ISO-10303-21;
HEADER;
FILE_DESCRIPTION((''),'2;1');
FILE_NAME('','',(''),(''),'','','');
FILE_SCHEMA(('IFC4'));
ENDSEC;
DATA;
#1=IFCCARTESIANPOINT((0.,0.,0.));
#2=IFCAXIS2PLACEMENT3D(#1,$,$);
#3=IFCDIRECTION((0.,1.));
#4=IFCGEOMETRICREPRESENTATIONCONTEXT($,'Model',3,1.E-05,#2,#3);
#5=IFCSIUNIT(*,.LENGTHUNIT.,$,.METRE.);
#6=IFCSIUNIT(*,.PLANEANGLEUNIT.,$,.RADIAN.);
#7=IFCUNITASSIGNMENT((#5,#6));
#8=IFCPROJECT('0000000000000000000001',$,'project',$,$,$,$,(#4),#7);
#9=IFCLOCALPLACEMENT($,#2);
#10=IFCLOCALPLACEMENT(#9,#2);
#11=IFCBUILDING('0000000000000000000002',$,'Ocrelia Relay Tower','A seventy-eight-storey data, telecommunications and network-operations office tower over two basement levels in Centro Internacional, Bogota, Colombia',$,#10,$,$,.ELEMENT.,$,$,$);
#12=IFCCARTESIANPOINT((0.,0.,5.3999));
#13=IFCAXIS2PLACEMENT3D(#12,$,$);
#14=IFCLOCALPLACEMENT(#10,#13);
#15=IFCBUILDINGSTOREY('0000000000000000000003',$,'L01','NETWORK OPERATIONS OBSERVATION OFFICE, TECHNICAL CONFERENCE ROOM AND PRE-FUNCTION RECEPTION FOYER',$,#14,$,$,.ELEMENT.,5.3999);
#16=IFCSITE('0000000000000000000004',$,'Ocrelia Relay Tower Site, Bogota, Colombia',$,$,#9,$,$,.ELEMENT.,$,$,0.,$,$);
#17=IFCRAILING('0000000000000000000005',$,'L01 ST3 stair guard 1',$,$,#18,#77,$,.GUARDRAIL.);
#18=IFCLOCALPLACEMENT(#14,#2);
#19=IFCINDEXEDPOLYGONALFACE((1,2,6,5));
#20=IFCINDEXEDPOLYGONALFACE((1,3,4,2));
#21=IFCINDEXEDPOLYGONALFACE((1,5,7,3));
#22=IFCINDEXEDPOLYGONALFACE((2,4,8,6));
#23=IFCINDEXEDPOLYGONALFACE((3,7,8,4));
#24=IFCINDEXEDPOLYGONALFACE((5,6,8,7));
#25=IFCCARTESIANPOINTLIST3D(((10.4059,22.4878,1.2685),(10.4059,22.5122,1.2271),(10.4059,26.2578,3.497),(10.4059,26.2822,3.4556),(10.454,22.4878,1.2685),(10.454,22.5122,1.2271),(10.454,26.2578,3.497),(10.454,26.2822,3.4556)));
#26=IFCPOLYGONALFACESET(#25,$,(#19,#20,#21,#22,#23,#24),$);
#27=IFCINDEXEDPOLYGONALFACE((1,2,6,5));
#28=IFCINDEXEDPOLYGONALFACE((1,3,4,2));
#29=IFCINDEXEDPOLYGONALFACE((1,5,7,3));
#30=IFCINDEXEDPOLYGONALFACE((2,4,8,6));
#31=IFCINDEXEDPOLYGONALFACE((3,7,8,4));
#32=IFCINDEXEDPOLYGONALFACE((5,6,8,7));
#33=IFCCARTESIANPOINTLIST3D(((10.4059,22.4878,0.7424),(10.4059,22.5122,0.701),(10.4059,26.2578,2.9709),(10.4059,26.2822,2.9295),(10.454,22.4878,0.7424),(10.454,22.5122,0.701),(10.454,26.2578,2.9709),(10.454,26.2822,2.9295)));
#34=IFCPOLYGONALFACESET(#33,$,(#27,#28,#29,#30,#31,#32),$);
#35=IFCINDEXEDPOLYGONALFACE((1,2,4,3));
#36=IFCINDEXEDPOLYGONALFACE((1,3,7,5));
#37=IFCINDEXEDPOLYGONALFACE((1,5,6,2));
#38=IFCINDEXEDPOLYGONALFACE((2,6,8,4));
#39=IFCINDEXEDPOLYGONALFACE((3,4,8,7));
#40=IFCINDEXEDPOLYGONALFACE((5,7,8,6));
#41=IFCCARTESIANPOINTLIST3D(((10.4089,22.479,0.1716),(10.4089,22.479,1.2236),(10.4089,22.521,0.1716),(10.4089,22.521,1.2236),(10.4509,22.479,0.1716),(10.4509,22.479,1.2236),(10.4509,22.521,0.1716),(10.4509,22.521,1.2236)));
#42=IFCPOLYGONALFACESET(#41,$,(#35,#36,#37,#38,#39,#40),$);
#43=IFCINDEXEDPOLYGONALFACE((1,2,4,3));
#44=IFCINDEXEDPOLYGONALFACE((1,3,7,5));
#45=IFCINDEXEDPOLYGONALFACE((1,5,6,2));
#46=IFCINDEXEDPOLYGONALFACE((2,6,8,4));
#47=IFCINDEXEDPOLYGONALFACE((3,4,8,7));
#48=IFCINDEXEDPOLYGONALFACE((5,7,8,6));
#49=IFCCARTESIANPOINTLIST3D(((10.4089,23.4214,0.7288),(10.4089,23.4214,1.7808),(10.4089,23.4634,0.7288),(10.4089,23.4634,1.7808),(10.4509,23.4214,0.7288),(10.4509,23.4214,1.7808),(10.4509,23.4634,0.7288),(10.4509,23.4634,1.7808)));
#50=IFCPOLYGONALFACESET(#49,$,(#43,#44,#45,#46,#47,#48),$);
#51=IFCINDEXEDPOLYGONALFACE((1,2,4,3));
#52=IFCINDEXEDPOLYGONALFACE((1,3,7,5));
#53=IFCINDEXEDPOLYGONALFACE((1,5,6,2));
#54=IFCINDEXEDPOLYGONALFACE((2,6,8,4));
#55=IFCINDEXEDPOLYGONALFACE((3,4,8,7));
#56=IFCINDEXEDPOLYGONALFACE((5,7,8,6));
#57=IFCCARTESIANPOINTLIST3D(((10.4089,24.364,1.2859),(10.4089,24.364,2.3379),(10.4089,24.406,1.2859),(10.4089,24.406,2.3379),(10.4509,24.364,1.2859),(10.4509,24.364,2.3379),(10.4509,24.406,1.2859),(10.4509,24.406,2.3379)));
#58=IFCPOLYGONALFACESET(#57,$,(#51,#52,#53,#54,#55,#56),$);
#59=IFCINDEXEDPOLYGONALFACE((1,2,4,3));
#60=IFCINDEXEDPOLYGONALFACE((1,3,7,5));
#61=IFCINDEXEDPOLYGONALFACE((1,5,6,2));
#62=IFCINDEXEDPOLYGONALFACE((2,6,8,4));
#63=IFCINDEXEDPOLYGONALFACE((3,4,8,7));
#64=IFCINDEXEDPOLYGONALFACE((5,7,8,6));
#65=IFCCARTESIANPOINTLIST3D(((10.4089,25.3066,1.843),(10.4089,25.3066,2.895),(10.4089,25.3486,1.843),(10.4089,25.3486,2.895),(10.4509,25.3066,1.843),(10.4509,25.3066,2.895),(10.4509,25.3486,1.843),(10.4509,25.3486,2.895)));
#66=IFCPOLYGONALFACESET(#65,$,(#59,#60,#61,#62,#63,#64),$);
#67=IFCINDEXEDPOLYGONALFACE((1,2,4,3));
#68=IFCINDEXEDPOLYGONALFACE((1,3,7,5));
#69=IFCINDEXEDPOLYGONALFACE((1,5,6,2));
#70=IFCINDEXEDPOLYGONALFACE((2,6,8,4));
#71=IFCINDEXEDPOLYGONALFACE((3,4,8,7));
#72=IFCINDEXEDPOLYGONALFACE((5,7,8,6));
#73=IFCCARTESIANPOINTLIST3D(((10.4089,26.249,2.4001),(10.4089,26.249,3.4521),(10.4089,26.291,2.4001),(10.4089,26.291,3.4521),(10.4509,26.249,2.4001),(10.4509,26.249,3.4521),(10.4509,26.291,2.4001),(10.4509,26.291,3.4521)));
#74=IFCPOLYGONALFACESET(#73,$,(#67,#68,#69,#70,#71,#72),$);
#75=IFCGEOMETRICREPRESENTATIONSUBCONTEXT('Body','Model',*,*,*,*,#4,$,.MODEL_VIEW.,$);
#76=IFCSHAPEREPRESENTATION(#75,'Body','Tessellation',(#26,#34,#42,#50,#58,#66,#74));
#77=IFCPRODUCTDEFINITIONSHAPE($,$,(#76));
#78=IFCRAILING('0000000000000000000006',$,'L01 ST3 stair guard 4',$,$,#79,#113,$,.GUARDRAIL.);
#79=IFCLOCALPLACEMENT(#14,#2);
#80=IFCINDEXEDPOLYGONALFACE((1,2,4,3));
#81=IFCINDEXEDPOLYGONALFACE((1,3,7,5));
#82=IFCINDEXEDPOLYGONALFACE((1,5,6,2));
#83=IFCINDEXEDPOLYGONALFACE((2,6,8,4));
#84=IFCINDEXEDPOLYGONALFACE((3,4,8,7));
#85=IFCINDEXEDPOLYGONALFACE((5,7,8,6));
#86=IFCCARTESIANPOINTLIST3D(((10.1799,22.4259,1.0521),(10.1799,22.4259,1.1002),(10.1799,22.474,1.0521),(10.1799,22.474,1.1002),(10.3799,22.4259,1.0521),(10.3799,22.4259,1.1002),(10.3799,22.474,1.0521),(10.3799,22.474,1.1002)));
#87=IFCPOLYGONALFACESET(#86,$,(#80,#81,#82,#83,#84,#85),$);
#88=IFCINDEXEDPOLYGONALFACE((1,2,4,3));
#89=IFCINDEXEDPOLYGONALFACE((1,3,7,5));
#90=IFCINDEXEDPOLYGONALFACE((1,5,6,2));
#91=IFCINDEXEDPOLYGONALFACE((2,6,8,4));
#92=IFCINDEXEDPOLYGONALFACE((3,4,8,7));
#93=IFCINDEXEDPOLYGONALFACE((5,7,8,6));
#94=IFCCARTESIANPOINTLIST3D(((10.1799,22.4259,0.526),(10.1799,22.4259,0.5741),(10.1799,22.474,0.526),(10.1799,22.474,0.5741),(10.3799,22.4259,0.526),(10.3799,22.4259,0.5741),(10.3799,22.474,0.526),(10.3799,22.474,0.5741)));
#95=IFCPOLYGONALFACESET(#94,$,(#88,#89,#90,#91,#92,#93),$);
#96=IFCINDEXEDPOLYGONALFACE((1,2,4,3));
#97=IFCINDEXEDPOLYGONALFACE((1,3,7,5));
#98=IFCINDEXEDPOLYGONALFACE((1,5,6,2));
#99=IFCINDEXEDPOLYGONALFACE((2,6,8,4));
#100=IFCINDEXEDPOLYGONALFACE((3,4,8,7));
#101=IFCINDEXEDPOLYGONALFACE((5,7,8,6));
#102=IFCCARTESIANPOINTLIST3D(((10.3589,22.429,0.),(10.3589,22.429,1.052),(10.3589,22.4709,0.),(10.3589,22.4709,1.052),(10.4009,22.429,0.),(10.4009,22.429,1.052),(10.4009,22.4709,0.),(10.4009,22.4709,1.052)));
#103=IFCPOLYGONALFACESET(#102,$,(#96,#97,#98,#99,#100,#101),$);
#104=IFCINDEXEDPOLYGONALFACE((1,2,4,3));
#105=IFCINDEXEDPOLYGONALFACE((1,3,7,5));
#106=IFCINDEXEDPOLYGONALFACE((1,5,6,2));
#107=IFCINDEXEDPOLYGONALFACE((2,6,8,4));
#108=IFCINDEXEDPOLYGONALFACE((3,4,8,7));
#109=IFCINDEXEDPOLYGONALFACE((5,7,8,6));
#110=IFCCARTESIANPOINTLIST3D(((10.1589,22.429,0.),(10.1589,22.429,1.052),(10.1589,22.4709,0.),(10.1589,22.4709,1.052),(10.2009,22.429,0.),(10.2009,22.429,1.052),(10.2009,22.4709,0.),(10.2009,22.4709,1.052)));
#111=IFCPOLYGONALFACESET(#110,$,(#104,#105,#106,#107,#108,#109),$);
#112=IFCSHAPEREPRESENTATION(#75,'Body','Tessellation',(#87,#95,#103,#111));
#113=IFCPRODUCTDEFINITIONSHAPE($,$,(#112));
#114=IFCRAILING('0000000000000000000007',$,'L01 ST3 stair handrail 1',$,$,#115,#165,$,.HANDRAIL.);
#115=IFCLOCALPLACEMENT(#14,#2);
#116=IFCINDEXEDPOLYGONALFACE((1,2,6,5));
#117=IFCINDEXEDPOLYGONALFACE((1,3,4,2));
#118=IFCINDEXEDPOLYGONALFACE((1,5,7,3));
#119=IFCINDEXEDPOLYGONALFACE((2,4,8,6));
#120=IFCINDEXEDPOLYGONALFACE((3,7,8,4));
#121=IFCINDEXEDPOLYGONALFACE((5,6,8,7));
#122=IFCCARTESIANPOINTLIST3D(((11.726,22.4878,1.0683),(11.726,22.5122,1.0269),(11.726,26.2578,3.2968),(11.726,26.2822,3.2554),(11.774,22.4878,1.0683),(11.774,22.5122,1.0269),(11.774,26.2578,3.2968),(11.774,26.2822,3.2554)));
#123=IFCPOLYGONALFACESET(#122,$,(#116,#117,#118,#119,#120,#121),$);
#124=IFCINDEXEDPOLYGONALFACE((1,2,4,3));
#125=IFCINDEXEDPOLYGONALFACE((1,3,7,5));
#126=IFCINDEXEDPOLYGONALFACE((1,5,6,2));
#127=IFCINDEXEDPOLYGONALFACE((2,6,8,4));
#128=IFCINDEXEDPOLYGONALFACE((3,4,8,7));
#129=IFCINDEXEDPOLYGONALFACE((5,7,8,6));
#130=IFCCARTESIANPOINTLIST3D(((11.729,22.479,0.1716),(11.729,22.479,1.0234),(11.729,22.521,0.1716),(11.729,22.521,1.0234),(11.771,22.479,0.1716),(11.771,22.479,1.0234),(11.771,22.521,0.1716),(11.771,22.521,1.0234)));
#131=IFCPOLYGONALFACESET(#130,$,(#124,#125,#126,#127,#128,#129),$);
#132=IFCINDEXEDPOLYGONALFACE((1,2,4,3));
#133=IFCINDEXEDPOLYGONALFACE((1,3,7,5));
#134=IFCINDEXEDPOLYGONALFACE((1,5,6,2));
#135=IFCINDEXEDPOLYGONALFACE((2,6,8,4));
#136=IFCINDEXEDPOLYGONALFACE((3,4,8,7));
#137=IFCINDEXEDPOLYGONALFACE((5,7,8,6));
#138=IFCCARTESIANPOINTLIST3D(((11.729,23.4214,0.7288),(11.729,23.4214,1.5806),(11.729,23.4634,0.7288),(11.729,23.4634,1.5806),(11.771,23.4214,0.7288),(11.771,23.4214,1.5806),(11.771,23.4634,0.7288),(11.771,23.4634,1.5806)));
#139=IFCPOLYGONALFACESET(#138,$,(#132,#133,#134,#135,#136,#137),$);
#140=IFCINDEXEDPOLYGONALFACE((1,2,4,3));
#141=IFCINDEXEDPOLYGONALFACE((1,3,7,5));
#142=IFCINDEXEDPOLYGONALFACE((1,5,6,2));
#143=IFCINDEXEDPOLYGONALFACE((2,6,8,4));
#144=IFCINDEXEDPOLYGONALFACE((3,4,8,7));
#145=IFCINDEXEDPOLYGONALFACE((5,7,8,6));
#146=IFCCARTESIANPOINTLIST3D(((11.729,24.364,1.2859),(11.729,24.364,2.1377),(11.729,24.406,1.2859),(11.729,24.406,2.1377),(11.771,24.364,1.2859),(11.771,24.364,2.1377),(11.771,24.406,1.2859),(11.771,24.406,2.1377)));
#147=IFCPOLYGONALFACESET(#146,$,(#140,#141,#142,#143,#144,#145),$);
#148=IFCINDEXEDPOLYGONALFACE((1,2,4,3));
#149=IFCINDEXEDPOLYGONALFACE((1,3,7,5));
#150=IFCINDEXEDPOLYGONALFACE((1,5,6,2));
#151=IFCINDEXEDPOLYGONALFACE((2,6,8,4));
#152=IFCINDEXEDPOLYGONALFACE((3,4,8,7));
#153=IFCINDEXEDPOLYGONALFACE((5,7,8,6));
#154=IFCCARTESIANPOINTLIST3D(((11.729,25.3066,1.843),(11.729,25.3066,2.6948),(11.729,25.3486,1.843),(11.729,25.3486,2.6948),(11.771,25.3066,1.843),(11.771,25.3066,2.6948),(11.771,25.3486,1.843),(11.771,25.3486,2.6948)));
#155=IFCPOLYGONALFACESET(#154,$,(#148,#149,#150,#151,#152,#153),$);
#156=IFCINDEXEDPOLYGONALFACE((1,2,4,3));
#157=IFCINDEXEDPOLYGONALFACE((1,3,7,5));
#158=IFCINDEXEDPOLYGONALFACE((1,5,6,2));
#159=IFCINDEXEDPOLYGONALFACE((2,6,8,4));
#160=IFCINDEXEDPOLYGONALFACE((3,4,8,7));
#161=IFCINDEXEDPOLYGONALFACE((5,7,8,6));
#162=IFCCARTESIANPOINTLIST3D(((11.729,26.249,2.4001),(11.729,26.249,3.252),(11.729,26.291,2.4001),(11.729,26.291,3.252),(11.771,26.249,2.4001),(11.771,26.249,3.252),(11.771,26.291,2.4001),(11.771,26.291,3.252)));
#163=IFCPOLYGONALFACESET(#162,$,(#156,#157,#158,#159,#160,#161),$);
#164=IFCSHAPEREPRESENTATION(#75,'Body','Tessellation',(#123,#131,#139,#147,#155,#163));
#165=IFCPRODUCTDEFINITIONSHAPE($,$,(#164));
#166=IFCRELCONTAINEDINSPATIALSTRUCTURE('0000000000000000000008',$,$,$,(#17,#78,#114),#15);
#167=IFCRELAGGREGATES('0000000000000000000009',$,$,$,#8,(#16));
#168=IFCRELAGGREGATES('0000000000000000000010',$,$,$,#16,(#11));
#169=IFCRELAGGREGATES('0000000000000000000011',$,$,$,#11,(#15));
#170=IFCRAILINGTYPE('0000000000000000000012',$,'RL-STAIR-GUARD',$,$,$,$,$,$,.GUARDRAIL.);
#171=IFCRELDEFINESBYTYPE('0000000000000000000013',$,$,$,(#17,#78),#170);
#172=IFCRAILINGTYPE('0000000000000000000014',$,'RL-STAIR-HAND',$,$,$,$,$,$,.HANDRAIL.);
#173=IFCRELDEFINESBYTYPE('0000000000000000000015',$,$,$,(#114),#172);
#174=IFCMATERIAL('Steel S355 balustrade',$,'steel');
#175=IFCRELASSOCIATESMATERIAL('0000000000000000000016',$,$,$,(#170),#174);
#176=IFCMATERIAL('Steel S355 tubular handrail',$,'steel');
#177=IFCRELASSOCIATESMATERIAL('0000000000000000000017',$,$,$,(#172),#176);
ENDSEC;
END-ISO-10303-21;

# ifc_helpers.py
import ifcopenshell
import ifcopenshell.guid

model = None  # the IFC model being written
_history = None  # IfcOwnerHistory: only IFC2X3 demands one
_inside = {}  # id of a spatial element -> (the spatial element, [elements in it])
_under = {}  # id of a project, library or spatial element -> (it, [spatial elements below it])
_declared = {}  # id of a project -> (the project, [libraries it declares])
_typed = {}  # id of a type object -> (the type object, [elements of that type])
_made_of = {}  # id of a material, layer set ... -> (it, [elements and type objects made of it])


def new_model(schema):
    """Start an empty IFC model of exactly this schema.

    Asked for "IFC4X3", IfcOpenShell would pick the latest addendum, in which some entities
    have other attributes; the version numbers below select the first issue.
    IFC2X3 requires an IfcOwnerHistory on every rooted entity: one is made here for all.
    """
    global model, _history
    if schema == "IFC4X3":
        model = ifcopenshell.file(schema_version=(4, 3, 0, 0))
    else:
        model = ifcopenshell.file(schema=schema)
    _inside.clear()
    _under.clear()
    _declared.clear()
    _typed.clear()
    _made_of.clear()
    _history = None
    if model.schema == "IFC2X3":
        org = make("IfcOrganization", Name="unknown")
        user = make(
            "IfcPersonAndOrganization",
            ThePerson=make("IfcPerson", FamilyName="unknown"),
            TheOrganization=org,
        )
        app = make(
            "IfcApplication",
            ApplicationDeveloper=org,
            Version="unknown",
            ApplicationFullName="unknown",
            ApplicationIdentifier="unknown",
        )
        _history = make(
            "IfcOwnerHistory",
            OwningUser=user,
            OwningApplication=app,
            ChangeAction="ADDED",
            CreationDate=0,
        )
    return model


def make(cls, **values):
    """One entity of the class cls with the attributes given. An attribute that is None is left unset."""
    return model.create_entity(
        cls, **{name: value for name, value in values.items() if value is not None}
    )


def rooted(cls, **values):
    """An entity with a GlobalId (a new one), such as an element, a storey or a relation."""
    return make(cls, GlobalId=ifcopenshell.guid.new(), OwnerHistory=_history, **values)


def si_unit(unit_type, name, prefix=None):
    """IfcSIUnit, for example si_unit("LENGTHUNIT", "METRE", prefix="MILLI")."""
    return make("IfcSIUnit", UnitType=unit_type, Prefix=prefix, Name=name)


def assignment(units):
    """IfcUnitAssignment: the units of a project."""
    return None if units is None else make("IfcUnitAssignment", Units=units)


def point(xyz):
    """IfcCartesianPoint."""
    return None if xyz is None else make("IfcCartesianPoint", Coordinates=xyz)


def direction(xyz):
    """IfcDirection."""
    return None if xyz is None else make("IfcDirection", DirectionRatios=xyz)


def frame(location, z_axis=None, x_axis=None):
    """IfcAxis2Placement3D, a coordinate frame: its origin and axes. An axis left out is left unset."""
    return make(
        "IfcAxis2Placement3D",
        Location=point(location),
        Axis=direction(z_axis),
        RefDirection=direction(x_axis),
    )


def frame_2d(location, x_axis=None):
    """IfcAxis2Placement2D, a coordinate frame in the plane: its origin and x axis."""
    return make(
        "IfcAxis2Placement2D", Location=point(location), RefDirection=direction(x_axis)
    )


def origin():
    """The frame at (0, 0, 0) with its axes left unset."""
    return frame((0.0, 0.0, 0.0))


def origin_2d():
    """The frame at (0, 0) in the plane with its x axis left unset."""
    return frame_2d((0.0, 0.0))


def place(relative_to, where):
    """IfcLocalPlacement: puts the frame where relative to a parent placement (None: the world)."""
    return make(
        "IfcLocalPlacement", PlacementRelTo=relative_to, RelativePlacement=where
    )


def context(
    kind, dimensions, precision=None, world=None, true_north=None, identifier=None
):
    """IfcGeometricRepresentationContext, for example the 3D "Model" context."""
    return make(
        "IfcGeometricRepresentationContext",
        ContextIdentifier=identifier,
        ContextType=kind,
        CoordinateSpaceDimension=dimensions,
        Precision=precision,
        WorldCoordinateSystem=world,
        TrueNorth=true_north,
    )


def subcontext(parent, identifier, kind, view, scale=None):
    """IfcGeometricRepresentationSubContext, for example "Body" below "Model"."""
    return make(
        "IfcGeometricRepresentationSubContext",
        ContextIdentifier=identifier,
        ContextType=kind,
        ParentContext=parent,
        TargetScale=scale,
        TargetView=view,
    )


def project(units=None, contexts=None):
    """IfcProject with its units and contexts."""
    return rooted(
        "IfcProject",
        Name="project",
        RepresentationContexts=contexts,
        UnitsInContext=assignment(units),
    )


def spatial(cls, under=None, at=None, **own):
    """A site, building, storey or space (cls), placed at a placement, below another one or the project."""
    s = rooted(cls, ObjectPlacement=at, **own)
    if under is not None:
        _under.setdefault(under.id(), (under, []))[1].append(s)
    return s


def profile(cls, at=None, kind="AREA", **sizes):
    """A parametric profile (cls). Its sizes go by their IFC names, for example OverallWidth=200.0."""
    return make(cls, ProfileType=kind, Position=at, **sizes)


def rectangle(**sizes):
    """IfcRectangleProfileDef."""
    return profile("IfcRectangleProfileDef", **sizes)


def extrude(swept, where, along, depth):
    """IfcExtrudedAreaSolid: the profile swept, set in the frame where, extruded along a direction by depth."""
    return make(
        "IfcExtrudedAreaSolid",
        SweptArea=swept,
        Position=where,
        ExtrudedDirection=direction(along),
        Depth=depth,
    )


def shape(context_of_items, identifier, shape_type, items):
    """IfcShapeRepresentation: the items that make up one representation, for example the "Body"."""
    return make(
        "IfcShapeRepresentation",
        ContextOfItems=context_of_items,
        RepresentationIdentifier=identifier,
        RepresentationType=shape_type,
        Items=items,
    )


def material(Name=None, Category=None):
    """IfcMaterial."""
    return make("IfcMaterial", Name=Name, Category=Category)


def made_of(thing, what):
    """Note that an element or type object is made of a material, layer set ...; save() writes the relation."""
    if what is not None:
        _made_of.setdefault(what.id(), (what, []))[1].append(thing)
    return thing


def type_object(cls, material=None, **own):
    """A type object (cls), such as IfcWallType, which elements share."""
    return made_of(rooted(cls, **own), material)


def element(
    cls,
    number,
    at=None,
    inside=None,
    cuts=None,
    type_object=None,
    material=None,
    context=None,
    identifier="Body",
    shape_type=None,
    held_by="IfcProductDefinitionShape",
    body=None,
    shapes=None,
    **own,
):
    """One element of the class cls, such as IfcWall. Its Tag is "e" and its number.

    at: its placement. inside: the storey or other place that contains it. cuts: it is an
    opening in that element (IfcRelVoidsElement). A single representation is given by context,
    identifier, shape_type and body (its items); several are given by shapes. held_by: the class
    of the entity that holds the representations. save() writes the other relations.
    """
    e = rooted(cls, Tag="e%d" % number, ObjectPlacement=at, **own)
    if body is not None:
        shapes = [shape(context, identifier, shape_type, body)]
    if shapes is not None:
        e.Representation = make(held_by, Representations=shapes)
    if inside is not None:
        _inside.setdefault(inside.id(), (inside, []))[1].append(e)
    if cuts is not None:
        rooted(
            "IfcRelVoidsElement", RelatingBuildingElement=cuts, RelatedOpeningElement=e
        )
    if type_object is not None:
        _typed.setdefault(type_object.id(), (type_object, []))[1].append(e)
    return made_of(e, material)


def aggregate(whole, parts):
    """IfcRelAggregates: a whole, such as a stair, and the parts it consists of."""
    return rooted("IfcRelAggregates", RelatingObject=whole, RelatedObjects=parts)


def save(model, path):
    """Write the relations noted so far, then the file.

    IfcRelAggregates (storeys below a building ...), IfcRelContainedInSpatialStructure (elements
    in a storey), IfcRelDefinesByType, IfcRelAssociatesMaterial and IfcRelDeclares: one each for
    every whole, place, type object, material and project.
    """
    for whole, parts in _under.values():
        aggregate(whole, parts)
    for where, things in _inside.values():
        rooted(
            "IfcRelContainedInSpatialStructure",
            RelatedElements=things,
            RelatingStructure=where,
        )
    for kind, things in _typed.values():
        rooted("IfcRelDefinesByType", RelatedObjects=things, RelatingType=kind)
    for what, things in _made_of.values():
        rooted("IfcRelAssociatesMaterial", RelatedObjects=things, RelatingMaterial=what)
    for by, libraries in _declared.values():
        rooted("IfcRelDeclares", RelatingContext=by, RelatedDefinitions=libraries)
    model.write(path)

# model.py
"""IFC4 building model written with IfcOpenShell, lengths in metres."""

from ifc_helpers import new_model, si_unit, direction, frame, origin, origin_2d, place, context, subcontext, project, spatial, rectangle, extrude, material, type_object, element, save


model = new_model("IFC4")

# Units and contexts
model_context = context("Model", 3, precision=1e-05, world=origin(), true_north=direction((0.0, 1.0)))
body_context = subcontext(model_context, "Body", "Model", "MODEL_VIEW")
ifc_project = project(units=[si_unit("LENGTHUNIT", "METRE"), si_unit("PLANEANGLEUNIT", "RADIAN")], contexts=[model_context])

# Site, building, storey
site_placement = place(None, origin())
site = spatial("IfcSite", under=ifc_project, at=site_placement, Name="Ocrelia Relay Tower Site, Bogota, Colombia", CompositionType="ELEMENT", RefElevation=0.0)
building_placement = place(site_placement, origin())
building = spatial("IfcBuilding", under=site, at=building_placement, Name="Ocrelia Relay Tower", Description="A seventy-eight-storey data, telecommunications and network-operations office tower over two basement levels in Centro Internacional, Bogota, Colombia", CompositionType="ELEMENT")
storey_placement = place(building_placement, frame((0.0, 0.0, 5.3999)))
storey = spatial("IfcBuildingStorey", under=building, at=storey_placement, Name="L01", Description="NETWORK OPERATIONS OBSERVATION OFFICE, TECHNICAL CONFERENCE ROOM AND PRE-FUNCTION RECEPTION FOYER", CompositionType="ELEMENT", Elevation=5.3999)

# Railings
ifc_material_1 = material(Name="Steel S355 balustrade", Category="steel")
railing_type_1 = type_object("IfcRailingType", Name="RL-STAIR-GUARD", PredefinedType="GUARDRAIL", material=ifc_material_1)
railing_1_placement = place(storey_placement, frame((10.4299, 22.5, 0.1716)))
element("IfcRailing", 1, at=railing_1_placement, inside=storey, type_object=railing_type_1, Name="L01 ST3 stair guard 1", PredefinedType="GUARDRAIL", context=body_context, shape_type="SweptSolid", body=[
    extrude(rectangle(XDim=0.0481, YDim=0.0481, at=origin_2d()), frame((0.0, 0.0, 1.0762), z_axis=(0.0, 0.860849, 0.508861), x_axis=(-1.0, 0.0, 0.0)), (0.0, 0.0, 1.0), 4.3794),
    extrude(rectangle(XDim=0.0481, YDim=0.0481, at=origin_2d()), frame((0.0, 0.0, 0.55), z_axis=(0.0, 0.860849, 0.508861), x_axis=(-1.0, 0.0, 0.0)), (0.0, 0.0, 1.0), 4.3794),
    extrude(rectangle(XDim=0.042, YDim=0.042, at=origin_2d()), origin(), (0.0, 0.0, 1.0), 1.052),
    extrude(rectangle(XDim=0.042, YDim=0.042, at=origin_2d()), frame((0.0, 0.9424, 0.5571)), (0.0, 0.0, 1.0), 1.052),
    extrude(rectangle(XDim=0.042, YDim=0.042, at=origin_2d()), frame((0.0, 1.885, 1.1143)), (0.0, 0.0, 1.0), 1.052),
    extrude(rectangle(XDim=0.042, YDim=0.042, at=origin_2d()), frame((0.0, 2.8276, 1.6714)), (0.0, 0.0, 1.0), 1.052),
    extrude(rectangle(XDim=0.042, YDim=0.042, at=origin_2d()), frame((0.0, 3.77, 2.2285)), (0.0, 0.0, 1.0), 1.052),
])
railing_2_placement = place(storey_placement, frame((10.3799, 22.45, 0.0)))
element("IfcRailing", 2, at=railing_2_placement, inside=storey, type_object=railing_type_1, Name="L01 ST3 stair guard 4", PredefinedType="GUARDRAIL", context=body_context, shape_type="SweptSolid", body=[
    extrude(rectangle(XDim=0.0481, YDim=0.0481, at=origin_2d()), frame((0.0, 0.0, 1.0762), z_axis=(-1.0, 0.0, 0.0), x_axis=(0.0, -1.0, 0.0)), (0.0, 0.0, 1.0), 0.2),
    extrude(rectangle(XDim=0.0481, YDim=0.0481, at=origin_2d()), frame((0.0, 0.0, 0.55), z_axis=(-1.0, 0.0, 0.0), x_axis=(0.0, -1.0, 0.0)), (0.0, 0.0, 1.0), 0.2),
    extrude(rectangle(XDim=0.042, YDim=0.042, at=origin_2d()), origin(), (0.0, 0.0, 1.0), 1.052),
    extrude(rectangle(XDim=0.042, YDim=0.042, at=origin_2d()), frame((-0.2, 0.0, 0.0)), (0.0, 0.0, 1.0), 1.052),
])
ifc_material_2 = material(Name="Steel S355 tubular handrail", Category="steel")
railing_type_2 = type_object("IfcRailingType", Name="RL-STAIR-HAND", PredefinedType="HANDRAIL", material=ifc_material_2)
railing_3_placement = place(storey_placement, frame((11.75, 22.5, 0.1716)))
element("IfcRailing", 3, at=railing_3_placement, inside=storey, type_object=railing_type_2, Name="L01 ST3 stair handrail 1", PredefinedType="HANDRAIL", context=body_context, shape_type="SweptSolid", body=[
    extrude(rectangle(XDim=0.0481, YDim=0.0481, at=origin_2d()), frame((0.0, 0.0, 0.876), z_axis=(0.0, 0.860849, 0.508861), x_axis=(-1.0, 0.0, 0.0)), (0.0, 0.0, 1.0), 4.3794),
    extrude(rectangle(XDim=0.042, YDim=0.042, at=origin_2d()), origin(), (0.0, 0.0, 1.0), 0.8518),
    extrude(rectangle(XDim=0.042, YDim=0.042, at=origin_2d()), frame((0.0, 0.9424, 0.5571)), (0.0, 0.0, 1.0), 0.8518),
    extrude(rectangle(XDim=0.042, YDim=0.042, at=origin_2d()), frame((0.0, 1.885, 1.1143)), (0.0, 0.0, 1.0), 0.8518),
    extrude(rectangle(XDim=0.042, YDim=0.042, at=origin_2d()), frame((0.0, 2.8276, 1.6714)), (0.0, 0.0, 1.0), 0.8518),
    extrude(rectangle(XDim=0.042, YDim=0.042, at=origin_2d()), frame((0.0, 3.77, 2.2285)), (0.0, 0.0, 1.0), 0.8518),
])

save(model, "model.ifc")
